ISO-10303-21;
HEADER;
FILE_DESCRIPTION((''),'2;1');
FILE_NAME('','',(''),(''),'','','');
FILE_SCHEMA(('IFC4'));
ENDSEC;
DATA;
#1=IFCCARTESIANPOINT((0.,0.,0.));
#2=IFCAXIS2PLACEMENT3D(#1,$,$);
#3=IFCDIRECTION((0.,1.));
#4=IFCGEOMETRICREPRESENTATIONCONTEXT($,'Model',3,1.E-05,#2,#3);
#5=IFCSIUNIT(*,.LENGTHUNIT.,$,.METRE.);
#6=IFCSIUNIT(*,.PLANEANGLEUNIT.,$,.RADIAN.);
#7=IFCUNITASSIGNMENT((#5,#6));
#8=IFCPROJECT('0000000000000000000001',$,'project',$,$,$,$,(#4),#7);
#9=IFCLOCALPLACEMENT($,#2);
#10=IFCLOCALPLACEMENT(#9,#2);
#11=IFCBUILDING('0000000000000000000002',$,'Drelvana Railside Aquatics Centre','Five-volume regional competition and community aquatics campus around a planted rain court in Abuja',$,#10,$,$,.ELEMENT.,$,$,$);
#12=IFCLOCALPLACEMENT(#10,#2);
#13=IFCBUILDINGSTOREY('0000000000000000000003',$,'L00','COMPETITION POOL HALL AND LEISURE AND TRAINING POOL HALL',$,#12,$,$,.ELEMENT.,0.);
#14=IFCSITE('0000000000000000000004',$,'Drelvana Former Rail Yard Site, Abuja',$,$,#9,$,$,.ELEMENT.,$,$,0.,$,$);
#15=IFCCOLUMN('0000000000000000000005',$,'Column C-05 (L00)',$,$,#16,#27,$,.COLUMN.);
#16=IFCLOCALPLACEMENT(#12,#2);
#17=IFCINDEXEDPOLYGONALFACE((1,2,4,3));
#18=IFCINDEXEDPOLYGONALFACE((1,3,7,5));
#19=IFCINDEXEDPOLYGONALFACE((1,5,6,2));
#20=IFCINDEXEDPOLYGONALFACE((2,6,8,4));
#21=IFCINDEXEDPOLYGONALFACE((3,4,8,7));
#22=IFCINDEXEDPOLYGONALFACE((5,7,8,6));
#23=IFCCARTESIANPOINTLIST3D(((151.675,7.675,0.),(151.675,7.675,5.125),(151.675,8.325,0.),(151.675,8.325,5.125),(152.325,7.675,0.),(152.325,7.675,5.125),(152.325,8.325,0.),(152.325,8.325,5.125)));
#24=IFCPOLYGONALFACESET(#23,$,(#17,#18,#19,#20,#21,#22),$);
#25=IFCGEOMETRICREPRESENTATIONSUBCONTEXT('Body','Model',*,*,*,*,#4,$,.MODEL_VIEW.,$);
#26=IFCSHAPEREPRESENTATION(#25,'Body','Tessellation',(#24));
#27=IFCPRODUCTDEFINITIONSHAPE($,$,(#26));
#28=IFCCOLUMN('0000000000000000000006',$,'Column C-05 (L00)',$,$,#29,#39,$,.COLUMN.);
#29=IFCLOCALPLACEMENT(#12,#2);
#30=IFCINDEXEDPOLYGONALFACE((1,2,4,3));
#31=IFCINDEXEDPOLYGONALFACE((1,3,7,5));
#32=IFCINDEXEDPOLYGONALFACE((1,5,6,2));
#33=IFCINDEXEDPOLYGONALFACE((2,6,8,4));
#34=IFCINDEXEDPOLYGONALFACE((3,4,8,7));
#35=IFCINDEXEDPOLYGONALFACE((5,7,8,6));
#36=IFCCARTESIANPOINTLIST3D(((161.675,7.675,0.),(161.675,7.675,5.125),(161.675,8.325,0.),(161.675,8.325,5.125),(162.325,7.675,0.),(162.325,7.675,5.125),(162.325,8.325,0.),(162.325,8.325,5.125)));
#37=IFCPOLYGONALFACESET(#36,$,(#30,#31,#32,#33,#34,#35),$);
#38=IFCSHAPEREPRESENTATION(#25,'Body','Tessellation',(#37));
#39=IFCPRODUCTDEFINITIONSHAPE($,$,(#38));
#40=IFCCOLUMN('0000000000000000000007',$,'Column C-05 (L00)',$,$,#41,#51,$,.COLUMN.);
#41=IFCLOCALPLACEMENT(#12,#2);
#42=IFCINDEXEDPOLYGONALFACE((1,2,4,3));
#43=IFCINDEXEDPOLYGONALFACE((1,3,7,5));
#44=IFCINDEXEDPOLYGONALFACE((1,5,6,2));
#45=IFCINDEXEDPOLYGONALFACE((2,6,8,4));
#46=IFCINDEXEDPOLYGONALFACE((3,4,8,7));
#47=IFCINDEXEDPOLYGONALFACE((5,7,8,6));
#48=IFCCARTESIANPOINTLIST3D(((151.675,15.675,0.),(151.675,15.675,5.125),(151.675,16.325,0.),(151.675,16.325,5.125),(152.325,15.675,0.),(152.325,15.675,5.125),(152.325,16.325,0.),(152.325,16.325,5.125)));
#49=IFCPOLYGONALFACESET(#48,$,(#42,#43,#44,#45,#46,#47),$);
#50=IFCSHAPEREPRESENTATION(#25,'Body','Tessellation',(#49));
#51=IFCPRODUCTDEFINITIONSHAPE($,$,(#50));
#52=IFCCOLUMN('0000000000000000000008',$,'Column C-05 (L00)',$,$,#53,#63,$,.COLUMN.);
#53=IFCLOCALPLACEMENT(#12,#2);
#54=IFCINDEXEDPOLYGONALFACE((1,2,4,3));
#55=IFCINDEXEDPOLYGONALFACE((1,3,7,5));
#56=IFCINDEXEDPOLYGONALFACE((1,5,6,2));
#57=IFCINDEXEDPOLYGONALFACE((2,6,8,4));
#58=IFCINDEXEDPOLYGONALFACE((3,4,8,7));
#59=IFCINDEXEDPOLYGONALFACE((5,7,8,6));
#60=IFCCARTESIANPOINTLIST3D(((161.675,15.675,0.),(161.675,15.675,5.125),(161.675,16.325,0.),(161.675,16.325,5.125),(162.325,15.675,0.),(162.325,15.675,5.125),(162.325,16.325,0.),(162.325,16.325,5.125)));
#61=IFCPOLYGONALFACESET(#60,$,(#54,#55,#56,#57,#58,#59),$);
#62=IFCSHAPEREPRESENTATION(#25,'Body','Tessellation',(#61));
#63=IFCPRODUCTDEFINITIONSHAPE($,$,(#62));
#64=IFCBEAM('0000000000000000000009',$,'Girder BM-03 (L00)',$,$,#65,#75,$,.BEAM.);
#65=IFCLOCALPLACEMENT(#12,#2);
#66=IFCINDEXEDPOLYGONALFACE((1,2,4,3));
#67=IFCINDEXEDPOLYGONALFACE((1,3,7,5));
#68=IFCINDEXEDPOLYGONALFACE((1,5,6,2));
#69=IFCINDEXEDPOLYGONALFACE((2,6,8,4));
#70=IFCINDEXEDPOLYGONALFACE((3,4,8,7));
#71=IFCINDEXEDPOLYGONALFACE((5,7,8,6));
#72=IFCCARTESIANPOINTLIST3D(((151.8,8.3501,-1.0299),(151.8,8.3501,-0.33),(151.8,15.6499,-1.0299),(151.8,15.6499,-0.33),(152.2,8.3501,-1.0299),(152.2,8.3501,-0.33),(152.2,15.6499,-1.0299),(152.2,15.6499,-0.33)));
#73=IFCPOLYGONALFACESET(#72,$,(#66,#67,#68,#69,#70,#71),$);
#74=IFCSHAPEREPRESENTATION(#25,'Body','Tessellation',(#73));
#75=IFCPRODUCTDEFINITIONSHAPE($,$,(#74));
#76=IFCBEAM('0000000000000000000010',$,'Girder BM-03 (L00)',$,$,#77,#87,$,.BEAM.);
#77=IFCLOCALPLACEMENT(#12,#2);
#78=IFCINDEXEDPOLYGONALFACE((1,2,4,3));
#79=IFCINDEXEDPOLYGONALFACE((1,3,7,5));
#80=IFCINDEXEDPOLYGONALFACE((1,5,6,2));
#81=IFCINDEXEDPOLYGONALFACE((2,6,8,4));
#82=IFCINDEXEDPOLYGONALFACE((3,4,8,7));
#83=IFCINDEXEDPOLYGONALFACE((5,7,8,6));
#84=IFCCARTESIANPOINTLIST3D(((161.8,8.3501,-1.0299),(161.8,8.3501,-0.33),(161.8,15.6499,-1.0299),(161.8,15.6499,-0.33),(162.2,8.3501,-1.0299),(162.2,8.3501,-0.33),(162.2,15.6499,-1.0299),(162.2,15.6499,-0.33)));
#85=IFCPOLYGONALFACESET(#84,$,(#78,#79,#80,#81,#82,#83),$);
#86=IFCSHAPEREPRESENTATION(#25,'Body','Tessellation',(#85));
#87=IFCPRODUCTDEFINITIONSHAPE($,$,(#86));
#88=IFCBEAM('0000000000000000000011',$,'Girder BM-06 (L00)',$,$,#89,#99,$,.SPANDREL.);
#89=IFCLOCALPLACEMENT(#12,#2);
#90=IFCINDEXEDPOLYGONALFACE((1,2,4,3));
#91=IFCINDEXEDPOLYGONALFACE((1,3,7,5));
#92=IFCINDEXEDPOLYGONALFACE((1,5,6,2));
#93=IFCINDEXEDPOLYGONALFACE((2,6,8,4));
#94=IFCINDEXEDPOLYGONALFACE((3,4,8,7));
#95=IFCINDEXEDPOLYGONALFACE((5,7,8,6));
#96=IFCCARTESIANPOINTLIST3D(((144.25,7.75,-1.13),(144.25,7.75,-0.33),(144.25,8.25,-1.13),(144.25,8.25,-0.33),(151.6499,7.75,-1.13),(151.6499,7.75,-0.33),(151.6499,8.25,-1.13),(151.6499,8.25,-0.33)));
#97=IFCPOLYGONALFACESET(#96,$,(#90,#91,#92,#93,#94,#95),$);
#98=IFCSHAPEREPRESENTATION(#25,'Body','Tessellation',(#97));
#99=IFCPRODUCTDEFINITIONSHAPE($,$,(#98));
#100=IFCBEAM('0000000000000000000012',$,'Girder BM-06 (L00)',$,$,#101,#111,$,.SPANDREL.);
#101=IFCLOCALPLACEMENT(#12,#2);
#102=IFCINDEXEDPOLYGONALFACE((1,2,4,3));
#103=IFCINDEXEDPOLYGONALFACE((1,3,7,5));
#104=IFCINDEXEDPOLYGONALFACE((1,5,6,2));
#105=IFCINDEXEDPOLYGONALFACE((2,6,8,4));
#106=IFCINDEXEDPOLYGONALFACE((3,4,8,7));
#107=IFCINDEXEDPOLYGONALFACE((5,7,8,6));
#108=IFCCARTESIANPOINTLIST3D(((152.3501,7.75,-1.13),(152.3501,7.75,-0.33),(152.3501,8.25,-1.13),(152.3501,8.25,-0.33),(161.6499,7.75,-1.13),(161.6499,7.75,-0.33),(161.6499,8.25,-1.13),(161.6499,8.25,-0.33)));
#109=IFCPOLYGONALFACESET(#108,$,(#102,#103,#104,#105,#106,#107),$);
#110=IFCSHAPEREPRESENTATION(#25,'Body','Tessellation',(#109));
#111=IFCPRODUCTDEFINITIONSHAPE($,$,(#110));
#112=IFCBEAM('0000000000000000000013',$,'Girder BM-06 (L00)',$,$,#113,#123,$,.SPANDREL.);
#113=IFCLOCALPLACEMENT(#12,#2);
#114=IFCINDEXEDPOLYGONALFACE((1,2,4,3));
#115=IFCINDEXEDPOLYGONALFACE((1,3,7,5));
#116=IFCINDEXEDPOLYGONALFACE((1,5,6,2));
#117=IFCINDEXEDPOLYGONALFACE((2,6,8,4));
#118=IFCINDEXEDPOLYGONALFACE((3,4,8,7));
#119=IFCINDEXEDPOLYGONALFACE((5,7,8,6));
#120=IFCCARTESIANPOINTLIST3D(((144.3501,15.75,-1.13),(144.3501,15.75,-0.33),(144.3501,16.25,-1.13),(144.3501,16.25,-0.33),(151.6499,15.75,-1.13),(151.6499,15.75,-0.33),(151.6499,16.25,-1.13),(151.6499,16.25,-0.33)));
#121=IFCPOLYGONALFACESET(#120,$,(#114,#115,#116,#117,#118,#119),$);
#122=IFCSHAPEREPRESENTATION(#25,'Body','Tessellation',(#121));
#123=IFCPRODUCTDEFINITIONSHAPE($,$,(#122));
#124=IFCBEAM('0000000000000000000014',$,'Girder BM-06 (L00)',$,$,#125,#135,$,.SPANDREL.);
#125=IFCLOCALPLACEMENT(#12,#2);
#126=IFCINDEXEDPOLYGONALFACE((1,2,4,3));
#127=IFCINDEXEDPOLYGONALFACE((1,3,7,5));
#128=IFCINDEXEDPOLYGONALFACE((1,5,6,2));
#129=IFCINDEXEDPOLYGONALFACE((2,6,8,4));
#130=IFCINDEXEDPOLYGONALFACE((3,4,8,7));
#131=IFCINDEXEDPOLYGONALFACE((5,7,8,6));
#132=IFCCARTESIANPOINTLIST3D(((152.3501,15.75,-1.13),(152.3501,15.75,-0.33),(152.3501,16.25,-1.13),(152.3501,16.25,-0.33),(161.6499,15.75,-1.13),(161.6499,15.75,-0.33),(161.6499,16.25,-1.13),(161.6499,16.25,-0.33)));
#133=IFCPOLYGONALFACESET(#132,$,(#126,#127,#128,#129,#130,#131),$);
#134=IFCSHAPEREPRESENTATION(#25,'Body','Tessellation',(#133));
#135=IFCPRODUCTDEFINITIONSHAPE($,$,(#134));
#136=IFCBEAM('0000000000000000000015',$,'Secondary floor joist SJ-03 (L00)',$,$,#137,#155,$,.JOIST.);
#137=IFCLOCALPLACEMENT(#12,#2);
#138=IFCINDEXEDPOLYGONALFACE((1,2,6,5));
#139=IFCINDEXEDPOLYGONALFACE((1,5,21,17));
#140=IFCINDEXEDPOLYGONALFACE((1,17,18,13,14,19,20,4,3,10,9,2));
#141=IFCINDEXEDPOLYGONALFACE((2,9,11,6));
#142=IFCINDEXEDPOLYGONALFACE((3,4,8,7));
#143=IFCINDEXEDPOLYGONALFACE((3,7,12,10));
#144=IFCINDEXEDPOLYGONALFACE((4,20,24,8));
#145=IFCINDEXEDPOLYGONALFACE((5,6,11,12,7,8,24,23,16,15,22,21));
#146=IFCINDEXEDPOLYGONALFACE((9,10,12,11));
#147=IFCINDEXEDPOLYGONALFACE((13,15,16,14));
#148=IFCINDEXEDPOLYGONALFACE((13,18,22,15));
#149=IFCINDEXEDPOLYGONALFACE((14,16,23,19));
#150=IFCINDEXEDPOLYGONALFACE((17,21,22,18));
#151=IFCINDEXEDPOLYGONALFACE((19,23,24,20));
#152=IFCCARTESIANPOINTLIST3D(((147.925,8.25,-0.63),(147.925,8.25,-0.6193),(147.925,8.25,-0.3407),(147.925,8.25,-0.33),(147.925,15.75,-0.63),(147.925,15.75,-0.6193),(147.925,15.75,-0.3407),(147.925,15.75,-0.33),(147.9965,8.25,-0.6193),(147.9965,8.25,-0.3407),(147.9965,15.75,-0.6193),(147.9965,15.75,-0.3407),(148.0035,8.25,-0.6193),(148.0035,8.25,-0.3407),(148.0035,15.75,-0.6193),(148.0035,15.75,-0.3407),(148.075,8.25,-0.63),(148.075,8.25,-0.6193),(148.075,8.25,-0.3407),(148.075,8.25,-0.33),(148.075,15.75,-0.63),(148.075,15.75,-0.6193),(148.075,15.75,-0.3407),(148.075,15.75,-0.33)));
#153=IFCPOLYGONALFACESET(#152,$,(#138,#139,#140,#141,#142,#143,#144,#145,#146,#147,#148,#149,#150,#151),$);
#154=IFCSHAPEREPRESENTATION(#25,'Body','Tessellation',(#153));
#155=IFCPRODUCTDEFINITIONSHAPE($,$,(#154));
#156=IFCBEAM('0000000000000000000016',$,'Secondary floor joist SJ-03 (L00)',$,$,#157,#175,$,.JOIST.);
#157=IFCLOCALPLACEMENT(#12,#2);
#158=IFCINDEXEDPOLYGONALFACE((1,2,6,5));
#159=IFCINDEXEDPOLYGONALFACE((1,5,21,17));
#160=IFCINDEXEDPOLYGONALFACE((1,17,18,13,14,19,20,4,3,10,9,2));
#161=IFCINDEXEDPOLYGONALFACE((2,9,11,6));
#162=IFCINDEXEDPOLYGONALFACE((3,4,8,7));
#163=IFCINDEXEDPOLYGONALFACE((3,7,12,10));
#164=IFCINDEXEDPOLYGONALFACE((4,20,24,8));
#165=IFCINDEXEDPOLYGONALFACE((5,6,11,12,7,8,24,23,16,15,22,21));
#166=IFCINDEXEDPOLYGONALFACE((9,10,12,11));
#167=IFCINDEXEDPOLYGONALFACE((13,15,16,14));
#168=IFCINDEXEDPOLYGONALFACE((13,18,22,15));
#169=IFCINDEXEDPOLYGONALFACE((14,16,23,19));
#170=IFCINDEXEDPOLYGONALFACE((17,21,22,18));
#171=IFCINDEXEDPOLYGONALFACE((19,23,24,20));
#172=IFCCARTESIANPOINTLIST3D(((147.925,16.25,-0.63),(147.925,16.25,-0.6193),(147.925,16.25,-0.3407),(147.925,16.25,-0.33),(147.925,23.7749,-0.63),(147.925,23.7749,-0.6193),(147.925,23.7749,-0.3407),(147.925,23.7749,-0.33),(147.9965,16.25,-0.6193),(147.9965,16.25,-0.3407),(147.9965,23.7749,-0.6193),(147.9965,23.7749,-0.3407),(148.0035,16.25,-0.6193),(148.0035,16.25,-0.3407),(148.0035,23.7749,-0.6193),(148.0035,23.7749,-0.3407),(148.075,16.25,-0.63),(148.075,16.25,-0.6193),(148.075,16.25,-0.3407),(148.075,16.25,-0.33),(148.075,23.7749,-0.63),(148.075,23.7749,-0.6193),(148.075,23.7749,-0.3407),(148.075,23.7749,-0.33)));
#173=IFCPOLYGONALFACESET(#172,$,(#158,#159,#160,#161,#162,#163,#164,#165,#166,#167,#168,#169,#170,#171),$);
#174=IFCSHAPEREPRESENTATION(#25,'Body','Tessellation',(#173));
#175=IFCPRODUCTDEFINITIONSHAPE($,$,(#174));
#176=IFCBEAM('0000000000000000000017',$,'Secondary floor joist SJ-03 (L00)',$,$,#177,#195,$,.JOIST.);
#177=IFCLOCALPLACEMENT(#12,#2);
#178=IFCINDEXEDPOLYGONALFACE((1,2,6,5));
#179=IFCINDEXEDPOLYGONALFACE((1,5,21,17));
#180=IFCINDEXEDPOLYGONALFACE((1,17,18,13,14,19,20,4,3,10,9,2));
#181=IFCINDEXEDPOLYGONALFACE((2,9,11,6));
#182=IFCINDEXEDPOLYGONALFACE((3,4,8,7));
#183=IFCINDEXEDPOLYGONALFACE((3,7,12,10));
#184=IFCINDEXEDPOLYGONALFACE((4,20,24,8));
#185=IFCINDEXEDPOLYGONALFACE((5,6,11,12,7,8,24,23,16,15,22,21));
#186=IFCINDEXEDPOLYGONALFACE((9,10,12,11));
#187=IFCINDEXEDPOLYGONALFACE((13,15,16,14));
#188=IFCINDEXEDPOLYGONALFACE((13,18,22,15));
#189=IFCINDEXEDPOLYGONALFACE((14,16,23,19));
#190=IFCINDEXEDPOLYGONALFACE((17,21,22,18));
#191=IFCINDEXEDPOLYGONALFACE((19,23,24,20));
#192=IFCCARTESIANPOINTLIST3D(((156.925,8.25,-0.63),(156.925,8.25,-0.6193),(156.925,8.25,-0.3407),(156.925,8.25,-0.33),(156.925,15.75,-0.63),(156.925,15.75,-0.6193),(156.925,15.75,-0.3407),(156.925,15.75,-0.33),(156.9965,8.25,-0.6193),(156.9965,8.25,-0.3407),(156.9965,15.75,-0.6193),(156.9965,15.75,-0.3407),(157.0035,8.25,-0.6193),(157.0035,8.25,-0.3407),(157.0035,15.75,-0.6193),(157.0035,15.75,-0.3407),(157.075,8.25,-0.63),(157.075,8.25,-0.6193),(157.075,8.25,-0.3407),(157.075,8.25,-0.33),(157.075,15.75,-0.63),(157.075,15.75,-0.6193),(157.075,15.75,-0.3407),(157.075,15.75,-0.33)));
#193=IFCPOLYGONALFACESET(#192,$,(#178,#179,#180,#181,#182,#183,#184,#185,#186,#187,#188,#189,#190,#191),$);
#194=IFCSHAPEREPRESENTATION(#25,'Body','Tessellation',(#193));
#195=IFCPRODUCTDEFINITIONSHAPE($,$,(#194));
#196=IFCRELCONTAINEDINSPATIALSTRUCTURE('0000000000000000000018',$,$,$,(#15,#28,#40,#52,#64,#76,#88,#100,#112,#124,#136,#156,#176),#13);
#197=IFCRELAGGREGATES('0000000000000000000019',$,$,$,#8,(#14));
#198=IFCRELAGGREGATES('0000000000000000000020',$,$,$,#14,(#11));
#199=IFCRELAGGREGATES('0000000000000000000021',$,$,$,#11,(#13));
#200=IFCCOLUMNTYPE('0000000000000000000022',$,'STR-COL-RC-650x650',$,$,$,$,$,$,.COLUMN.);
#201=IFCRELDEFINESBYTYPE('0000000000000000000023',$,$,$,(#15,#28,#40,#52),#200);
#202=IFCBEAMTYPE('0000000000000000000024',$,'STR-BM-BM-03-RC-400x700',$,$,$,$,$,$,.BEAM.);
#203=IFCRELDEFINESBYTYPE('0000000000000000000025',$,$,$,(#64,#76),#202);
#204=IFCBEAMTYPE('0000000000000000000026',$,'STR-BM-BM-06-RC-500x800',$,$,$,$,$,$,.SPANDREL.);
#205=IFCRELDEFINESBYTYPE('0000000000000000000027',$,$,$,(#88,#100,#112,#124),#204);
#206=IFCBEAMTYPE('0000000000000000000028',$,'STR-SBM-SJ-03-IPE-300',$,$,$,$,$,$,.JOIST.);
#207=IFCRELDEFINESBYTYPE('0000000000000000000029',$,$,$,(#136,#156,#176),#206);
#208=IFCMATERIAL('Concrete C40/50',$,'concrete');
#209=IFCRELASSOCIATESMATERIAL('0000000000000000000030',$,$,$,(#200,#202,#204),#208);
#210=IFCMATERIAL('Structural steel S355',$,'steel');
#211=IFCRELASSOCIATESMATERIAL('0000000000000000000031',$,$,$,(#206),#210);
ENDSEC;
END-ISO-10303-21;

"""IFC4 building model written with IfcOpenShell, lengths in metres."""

from ifc_helpers import new_model, si_unit, direction, frame, origin, origin_2d, place, context, subcontext, project, spatial, rectangle, i_section, extrude, material, material_profile, profile_set, type_object, element, save


model = new_model("IFC4")

# Units and contexts
model_context = context("Model", 3, precision=1e-05, world=origin(), true_north=direction((0.0, 1.0)))
body_context = subcontext(model_context, "Body", "Model", "MODEL_VIEW")
ifc_project = project(units=[si_unit("LENGTHUNIT", "METRE"), si_unit("PLANEANGLEUNIT", "RADIAN")], contexts=[model_context])

# Site, building, storey
site_placement = place(None, origin())
site = spatial("IfcSite", under=ifc_project, at=site_placement, Name="Drelvana Former Rail Yard Site, Abuja", CompositionType="ELEMENT", RefElevation=0.0)
building_placement = place(site_placement, origin())
building = spatial("IfcBuilding", under=site, at=building_placement, Name="Drelvana Railside Aquatics Centre", Description="Five-volume regional competition and community aquatics campus around a planted rain court in Abuja", CompositionType="ELEMENT")
storey_placement = place(building_placement, origin())
storey = spatial("IfcBuildingStorey", under=building, at=storey_placement, Name="L00", Description="COMPETITION POOL HALL AND LEISURE AND TRAINING POOL HALL", CompositionType="ELEMENT", Elevation=0.0)

# Columns
ifc_material_1 = material(Name="Concrete C40/50", Category="concrete")
ifc_material_profile_1 = material_profile(ifc_material_1, rectangle(XDim=0.6499, YDim=0.6499, at=origin_2d()), Name="RC 650x650")
ifc_profile_set_1 = profile_set([ifc_material_profile_1], Name="Concrete C40/50")
column_type = type_object("IfcColumnType", Name="STR-COL-RC-650x650", PredefinedType="COLUMN", material=ifc_profile_set_1)
for number, where, z_axis, x_axis, name in (
    (1, (152.0, 8.0, 0.0), (0.0, 0.0, 1.0), (1.0, 0.0, 0.0), "Column C-05 (L00)"),
    (2, (162.0, 8.0, 0.0), (0.0, 0.0, 1.0), (1.0, 0.0, 0.0), "Column C-05 (L00)"),
    (3, (152.0, 16.0, 0.0), (0.0, 0.0, 1.0), (1.0, 0.0, 0.0), "Column C-05 (L00)"),
    (4, (162.0, 16.0, 0.0), (0.0, 0.0, 1.0), (1.0, 0.0, 0.0), "Column C-05 (L00)"),
):
    element("IfcColumn", number, at=place(storey_placement, frame(where, z_axis=z_axis, x_axis=x_axis)), inside=storey, type_object=column_type, Name=name, PredefinedType="COLUMN", context=body_context, shape_type="SweptSolid", body=[
        extrude(rectangle(XDim=0.6499, YDim=0.6499, at=origin_2d()), origin(), (0.0, 0.0, 1.0), 5.125),
    ])

# Beams
ifc_material_profile_2 = material_profile(ifc_material_1, rectangle(XDim=0.3999, YDim=0.7, at=origin_2d()), Name="RC 400x700")
ifc_profile_set_2 = profile_set([ifc_material_profile_2], Name="Concrete C40/50")
beam_type_1 = type_object("IfcBeamType", Name="STR-BM-BM-03-RC-400x700", PredefinedType="BEAM", material=ifc_profile_set_2)
for number, where, z_axis, x_axis, name in (
    (5, (152.0, 8.3501, -0.6799), (0.0, 1.0, 0.0), (-1.0, 0.0, 0.0), "Girder BM-03 (L00)"),
    (6, (162.0, 8.3501, -0.6799), (0.0, 1.0, 0.0), (-1.0, 0.0, 0.0), "Girder BM-03 (L00)"),
):
    element("IfcBeam", number, at=place(storey_placement, frame(where, z_axis=z_axis, x_axis=x_axis)), inside=storey, type_object=beam_type_1, Name=name, PredefinedType="BEAM", context=body_context, shape_type="SweptSolid", body=[
        extrude(rectangle(XDim=0.3999, YDim=0.7, at=origin_2d()), origin(), (0.0, 0.0, 1.0), 7.2998),
    ])
ifc_material_profile_3 = material_profile(ifc_material_1, rectangle(XDim=0.5, YDim=0.8, at=origin_2d()), Name="RC 500x800")
ifc_profile_set_3 = profile_set([ifc_material_profile_3], Name="Concrete C40/50")
beam_type_2 = type_object("IfcBeamType", Name="STR-BM-BM-06-RC-500x800", PredefinedType="SPANDREL", material=ifc_profile_set_3)
beam_1_placement = place(storey_placement, frame((144.25, 8.0, -0.73), z_axis=(1.0, 0.0, 0.0), x_axis=(0.0, 1.0, 0.0)))
element("IfcBeam", 7, at=beam_1_placement, inside=storey, type_object=beam_type_2, Name="Girder BM-06 (L00)", PredefinedType="SPANDREL", context=body_context, shape_type="SweptSolid", body=[
    extrude(rectangle(XDim=0.5, YDim=0.8, at=origin_2d()), origin(), (0.0, 0.0, 1.0), 7.3999),
])
beam_2_placement = place(storey_placement, frame((152.3501, 8.0, -0.73), z_axis=(1.0, 0.0, 0.0), x_axis=(0.0, 1.0, 0.0)))
element("IfcBeam", 8, at=beam_2_placement, inside=storey, type_object=beam_type_2, Name="Girder BM-06 (L00)", PredefinedType="SPANDREL", context=body_context, shape_type="SweptSolid", body=[
    extrude(rectangle(XDim=0.5, YDim=0.8, at=origin_2d()), origin(), (0.0, 0.0, 1.0), 9.2998),
])
beam_3_placement = place(storey_placement, frame((144.3501, 16.0, -0.73), z_axis=(1.0, 0.0, 0.0), x_axis=(0.0, 1.0, 0.0)))
element("IfcBeam", 9, at=beam_3_placement, inside=storey, type_object=beam_type_2, Name="Girder BM-06 (L00)", PredefinedType="SPANDREL", context=body_context, shape_type="SweptSolid", body=[
    extrude(rectangle(XDim=0.5, YDim=0.8, at=origin_2d()), origin(), (0.0, 0.0, 1.0), 7.2998),
])
beam_4_placement = place(storey_placement, frame((152.3501, 16.0, -0.73), z_axis=(1.0, 0.0, 0.0), x_axis=(0.0, 1.0, 0.0)))
element("IfcBeam", 10, at=beam_4_placement, inside=storey, type_object=beam_type_2, Name="Girder BM-06 (L00)", PredefinedType="SPANDREL", context=body_context, shape_type="SweptSolid", body=[
    extrude(rectangle(XDim=0.5, YDim=0.8, at=origin_2d()), origin(), (0.0, 0.0, 1.0), 9.2998),
])
ifc_material_2 = material(Name="Structural steel S355", Category="steel")
ifc_material_profile_4 = material_profile(ifc_material_2, i_section(OverallWidth=0.1499, OverallDepth=0.3, WebThickness=0.0071, FlangeThickness=0.0107, at=origin_2d()), Name="IPE 300")
ifc_profile_set_4 = profile_set([ifc_material_profile_4], Name="Structural steel S355")
beam_type_3 = type_object("IfcBeamType", Name="STR-SBM-SJ-03-IPE-300", PredefinedType="JOIST", material=ifc_profile_set_4)
beam_5_placement = place(storey_placement, frame((148.0, 8.25, -0.48), z_axis=(0.0, 1.0, 0.0), x_axis=(-1.0, 0.0, 0.0)))
element("IfcBeam", 11, at=beam_5_placement, inside=storey, type_object=beam_type_3, Name="Secondary floor joist SJ-03 (L00)", PredefinedType="JOIST", context=body_context, shape_type="SweptSolid", body=[
    extrude(i_section(OverallWidth=0.1499, OverallDepth=0.3, WebThickness=0.0071, FlangeThickness=0.0107, at=origin_2d()), origin(), (0.0, 0.0, 1.0), 7.5),
])
beam_6_placement = place(storey_placement, frame((148.0, 16.25, -0.48), z_axis=(0.0, 1.0, 0.0), x_axis=(-1.0, 0.0, 0.0)))
element("IfcBeam", 12, at=beam_6_placement, inside=storey, type_object=beam_type_3, Name="Secondary floor joist SJ-03 (L00)", PredefinedType="JOIST", context=body_context, shape_type="SweptSolid", body=[
    extrude(i_section(OverallWidth=0.1499, OverallDepth=0.3, WebThickness=0.0071, FlangeThickness=0.0107, at=origin_2d()), origin(), (0.0, 0.0, 1.0), 7.5249),
])
beam_7_placement = place(storey_placement, frame((157.0, 8.25, -0.48), z_axis=(0.0, 1.0, 0.0), x_axis=(-1.0, 0.0, 0.0)))
element("IfcBeam", 13, at=beam_7_placement, inside=storey, type_object=beam_type_3, Name="Secondary floor joist SJ-03 (L00)", PredefinedType="JOIST", context=body_context, shape_type="SweptSolid", body=[
    extrude(i_section(OverallWidth=0.1499, OverallDepth=0.3, WebThickness=0.0071, FlangeThickness=0.0107, at=origin_2d()), origin(), (0.0, 0.0, 1.0), 7.5),
])

save(model, "model.ifc")
